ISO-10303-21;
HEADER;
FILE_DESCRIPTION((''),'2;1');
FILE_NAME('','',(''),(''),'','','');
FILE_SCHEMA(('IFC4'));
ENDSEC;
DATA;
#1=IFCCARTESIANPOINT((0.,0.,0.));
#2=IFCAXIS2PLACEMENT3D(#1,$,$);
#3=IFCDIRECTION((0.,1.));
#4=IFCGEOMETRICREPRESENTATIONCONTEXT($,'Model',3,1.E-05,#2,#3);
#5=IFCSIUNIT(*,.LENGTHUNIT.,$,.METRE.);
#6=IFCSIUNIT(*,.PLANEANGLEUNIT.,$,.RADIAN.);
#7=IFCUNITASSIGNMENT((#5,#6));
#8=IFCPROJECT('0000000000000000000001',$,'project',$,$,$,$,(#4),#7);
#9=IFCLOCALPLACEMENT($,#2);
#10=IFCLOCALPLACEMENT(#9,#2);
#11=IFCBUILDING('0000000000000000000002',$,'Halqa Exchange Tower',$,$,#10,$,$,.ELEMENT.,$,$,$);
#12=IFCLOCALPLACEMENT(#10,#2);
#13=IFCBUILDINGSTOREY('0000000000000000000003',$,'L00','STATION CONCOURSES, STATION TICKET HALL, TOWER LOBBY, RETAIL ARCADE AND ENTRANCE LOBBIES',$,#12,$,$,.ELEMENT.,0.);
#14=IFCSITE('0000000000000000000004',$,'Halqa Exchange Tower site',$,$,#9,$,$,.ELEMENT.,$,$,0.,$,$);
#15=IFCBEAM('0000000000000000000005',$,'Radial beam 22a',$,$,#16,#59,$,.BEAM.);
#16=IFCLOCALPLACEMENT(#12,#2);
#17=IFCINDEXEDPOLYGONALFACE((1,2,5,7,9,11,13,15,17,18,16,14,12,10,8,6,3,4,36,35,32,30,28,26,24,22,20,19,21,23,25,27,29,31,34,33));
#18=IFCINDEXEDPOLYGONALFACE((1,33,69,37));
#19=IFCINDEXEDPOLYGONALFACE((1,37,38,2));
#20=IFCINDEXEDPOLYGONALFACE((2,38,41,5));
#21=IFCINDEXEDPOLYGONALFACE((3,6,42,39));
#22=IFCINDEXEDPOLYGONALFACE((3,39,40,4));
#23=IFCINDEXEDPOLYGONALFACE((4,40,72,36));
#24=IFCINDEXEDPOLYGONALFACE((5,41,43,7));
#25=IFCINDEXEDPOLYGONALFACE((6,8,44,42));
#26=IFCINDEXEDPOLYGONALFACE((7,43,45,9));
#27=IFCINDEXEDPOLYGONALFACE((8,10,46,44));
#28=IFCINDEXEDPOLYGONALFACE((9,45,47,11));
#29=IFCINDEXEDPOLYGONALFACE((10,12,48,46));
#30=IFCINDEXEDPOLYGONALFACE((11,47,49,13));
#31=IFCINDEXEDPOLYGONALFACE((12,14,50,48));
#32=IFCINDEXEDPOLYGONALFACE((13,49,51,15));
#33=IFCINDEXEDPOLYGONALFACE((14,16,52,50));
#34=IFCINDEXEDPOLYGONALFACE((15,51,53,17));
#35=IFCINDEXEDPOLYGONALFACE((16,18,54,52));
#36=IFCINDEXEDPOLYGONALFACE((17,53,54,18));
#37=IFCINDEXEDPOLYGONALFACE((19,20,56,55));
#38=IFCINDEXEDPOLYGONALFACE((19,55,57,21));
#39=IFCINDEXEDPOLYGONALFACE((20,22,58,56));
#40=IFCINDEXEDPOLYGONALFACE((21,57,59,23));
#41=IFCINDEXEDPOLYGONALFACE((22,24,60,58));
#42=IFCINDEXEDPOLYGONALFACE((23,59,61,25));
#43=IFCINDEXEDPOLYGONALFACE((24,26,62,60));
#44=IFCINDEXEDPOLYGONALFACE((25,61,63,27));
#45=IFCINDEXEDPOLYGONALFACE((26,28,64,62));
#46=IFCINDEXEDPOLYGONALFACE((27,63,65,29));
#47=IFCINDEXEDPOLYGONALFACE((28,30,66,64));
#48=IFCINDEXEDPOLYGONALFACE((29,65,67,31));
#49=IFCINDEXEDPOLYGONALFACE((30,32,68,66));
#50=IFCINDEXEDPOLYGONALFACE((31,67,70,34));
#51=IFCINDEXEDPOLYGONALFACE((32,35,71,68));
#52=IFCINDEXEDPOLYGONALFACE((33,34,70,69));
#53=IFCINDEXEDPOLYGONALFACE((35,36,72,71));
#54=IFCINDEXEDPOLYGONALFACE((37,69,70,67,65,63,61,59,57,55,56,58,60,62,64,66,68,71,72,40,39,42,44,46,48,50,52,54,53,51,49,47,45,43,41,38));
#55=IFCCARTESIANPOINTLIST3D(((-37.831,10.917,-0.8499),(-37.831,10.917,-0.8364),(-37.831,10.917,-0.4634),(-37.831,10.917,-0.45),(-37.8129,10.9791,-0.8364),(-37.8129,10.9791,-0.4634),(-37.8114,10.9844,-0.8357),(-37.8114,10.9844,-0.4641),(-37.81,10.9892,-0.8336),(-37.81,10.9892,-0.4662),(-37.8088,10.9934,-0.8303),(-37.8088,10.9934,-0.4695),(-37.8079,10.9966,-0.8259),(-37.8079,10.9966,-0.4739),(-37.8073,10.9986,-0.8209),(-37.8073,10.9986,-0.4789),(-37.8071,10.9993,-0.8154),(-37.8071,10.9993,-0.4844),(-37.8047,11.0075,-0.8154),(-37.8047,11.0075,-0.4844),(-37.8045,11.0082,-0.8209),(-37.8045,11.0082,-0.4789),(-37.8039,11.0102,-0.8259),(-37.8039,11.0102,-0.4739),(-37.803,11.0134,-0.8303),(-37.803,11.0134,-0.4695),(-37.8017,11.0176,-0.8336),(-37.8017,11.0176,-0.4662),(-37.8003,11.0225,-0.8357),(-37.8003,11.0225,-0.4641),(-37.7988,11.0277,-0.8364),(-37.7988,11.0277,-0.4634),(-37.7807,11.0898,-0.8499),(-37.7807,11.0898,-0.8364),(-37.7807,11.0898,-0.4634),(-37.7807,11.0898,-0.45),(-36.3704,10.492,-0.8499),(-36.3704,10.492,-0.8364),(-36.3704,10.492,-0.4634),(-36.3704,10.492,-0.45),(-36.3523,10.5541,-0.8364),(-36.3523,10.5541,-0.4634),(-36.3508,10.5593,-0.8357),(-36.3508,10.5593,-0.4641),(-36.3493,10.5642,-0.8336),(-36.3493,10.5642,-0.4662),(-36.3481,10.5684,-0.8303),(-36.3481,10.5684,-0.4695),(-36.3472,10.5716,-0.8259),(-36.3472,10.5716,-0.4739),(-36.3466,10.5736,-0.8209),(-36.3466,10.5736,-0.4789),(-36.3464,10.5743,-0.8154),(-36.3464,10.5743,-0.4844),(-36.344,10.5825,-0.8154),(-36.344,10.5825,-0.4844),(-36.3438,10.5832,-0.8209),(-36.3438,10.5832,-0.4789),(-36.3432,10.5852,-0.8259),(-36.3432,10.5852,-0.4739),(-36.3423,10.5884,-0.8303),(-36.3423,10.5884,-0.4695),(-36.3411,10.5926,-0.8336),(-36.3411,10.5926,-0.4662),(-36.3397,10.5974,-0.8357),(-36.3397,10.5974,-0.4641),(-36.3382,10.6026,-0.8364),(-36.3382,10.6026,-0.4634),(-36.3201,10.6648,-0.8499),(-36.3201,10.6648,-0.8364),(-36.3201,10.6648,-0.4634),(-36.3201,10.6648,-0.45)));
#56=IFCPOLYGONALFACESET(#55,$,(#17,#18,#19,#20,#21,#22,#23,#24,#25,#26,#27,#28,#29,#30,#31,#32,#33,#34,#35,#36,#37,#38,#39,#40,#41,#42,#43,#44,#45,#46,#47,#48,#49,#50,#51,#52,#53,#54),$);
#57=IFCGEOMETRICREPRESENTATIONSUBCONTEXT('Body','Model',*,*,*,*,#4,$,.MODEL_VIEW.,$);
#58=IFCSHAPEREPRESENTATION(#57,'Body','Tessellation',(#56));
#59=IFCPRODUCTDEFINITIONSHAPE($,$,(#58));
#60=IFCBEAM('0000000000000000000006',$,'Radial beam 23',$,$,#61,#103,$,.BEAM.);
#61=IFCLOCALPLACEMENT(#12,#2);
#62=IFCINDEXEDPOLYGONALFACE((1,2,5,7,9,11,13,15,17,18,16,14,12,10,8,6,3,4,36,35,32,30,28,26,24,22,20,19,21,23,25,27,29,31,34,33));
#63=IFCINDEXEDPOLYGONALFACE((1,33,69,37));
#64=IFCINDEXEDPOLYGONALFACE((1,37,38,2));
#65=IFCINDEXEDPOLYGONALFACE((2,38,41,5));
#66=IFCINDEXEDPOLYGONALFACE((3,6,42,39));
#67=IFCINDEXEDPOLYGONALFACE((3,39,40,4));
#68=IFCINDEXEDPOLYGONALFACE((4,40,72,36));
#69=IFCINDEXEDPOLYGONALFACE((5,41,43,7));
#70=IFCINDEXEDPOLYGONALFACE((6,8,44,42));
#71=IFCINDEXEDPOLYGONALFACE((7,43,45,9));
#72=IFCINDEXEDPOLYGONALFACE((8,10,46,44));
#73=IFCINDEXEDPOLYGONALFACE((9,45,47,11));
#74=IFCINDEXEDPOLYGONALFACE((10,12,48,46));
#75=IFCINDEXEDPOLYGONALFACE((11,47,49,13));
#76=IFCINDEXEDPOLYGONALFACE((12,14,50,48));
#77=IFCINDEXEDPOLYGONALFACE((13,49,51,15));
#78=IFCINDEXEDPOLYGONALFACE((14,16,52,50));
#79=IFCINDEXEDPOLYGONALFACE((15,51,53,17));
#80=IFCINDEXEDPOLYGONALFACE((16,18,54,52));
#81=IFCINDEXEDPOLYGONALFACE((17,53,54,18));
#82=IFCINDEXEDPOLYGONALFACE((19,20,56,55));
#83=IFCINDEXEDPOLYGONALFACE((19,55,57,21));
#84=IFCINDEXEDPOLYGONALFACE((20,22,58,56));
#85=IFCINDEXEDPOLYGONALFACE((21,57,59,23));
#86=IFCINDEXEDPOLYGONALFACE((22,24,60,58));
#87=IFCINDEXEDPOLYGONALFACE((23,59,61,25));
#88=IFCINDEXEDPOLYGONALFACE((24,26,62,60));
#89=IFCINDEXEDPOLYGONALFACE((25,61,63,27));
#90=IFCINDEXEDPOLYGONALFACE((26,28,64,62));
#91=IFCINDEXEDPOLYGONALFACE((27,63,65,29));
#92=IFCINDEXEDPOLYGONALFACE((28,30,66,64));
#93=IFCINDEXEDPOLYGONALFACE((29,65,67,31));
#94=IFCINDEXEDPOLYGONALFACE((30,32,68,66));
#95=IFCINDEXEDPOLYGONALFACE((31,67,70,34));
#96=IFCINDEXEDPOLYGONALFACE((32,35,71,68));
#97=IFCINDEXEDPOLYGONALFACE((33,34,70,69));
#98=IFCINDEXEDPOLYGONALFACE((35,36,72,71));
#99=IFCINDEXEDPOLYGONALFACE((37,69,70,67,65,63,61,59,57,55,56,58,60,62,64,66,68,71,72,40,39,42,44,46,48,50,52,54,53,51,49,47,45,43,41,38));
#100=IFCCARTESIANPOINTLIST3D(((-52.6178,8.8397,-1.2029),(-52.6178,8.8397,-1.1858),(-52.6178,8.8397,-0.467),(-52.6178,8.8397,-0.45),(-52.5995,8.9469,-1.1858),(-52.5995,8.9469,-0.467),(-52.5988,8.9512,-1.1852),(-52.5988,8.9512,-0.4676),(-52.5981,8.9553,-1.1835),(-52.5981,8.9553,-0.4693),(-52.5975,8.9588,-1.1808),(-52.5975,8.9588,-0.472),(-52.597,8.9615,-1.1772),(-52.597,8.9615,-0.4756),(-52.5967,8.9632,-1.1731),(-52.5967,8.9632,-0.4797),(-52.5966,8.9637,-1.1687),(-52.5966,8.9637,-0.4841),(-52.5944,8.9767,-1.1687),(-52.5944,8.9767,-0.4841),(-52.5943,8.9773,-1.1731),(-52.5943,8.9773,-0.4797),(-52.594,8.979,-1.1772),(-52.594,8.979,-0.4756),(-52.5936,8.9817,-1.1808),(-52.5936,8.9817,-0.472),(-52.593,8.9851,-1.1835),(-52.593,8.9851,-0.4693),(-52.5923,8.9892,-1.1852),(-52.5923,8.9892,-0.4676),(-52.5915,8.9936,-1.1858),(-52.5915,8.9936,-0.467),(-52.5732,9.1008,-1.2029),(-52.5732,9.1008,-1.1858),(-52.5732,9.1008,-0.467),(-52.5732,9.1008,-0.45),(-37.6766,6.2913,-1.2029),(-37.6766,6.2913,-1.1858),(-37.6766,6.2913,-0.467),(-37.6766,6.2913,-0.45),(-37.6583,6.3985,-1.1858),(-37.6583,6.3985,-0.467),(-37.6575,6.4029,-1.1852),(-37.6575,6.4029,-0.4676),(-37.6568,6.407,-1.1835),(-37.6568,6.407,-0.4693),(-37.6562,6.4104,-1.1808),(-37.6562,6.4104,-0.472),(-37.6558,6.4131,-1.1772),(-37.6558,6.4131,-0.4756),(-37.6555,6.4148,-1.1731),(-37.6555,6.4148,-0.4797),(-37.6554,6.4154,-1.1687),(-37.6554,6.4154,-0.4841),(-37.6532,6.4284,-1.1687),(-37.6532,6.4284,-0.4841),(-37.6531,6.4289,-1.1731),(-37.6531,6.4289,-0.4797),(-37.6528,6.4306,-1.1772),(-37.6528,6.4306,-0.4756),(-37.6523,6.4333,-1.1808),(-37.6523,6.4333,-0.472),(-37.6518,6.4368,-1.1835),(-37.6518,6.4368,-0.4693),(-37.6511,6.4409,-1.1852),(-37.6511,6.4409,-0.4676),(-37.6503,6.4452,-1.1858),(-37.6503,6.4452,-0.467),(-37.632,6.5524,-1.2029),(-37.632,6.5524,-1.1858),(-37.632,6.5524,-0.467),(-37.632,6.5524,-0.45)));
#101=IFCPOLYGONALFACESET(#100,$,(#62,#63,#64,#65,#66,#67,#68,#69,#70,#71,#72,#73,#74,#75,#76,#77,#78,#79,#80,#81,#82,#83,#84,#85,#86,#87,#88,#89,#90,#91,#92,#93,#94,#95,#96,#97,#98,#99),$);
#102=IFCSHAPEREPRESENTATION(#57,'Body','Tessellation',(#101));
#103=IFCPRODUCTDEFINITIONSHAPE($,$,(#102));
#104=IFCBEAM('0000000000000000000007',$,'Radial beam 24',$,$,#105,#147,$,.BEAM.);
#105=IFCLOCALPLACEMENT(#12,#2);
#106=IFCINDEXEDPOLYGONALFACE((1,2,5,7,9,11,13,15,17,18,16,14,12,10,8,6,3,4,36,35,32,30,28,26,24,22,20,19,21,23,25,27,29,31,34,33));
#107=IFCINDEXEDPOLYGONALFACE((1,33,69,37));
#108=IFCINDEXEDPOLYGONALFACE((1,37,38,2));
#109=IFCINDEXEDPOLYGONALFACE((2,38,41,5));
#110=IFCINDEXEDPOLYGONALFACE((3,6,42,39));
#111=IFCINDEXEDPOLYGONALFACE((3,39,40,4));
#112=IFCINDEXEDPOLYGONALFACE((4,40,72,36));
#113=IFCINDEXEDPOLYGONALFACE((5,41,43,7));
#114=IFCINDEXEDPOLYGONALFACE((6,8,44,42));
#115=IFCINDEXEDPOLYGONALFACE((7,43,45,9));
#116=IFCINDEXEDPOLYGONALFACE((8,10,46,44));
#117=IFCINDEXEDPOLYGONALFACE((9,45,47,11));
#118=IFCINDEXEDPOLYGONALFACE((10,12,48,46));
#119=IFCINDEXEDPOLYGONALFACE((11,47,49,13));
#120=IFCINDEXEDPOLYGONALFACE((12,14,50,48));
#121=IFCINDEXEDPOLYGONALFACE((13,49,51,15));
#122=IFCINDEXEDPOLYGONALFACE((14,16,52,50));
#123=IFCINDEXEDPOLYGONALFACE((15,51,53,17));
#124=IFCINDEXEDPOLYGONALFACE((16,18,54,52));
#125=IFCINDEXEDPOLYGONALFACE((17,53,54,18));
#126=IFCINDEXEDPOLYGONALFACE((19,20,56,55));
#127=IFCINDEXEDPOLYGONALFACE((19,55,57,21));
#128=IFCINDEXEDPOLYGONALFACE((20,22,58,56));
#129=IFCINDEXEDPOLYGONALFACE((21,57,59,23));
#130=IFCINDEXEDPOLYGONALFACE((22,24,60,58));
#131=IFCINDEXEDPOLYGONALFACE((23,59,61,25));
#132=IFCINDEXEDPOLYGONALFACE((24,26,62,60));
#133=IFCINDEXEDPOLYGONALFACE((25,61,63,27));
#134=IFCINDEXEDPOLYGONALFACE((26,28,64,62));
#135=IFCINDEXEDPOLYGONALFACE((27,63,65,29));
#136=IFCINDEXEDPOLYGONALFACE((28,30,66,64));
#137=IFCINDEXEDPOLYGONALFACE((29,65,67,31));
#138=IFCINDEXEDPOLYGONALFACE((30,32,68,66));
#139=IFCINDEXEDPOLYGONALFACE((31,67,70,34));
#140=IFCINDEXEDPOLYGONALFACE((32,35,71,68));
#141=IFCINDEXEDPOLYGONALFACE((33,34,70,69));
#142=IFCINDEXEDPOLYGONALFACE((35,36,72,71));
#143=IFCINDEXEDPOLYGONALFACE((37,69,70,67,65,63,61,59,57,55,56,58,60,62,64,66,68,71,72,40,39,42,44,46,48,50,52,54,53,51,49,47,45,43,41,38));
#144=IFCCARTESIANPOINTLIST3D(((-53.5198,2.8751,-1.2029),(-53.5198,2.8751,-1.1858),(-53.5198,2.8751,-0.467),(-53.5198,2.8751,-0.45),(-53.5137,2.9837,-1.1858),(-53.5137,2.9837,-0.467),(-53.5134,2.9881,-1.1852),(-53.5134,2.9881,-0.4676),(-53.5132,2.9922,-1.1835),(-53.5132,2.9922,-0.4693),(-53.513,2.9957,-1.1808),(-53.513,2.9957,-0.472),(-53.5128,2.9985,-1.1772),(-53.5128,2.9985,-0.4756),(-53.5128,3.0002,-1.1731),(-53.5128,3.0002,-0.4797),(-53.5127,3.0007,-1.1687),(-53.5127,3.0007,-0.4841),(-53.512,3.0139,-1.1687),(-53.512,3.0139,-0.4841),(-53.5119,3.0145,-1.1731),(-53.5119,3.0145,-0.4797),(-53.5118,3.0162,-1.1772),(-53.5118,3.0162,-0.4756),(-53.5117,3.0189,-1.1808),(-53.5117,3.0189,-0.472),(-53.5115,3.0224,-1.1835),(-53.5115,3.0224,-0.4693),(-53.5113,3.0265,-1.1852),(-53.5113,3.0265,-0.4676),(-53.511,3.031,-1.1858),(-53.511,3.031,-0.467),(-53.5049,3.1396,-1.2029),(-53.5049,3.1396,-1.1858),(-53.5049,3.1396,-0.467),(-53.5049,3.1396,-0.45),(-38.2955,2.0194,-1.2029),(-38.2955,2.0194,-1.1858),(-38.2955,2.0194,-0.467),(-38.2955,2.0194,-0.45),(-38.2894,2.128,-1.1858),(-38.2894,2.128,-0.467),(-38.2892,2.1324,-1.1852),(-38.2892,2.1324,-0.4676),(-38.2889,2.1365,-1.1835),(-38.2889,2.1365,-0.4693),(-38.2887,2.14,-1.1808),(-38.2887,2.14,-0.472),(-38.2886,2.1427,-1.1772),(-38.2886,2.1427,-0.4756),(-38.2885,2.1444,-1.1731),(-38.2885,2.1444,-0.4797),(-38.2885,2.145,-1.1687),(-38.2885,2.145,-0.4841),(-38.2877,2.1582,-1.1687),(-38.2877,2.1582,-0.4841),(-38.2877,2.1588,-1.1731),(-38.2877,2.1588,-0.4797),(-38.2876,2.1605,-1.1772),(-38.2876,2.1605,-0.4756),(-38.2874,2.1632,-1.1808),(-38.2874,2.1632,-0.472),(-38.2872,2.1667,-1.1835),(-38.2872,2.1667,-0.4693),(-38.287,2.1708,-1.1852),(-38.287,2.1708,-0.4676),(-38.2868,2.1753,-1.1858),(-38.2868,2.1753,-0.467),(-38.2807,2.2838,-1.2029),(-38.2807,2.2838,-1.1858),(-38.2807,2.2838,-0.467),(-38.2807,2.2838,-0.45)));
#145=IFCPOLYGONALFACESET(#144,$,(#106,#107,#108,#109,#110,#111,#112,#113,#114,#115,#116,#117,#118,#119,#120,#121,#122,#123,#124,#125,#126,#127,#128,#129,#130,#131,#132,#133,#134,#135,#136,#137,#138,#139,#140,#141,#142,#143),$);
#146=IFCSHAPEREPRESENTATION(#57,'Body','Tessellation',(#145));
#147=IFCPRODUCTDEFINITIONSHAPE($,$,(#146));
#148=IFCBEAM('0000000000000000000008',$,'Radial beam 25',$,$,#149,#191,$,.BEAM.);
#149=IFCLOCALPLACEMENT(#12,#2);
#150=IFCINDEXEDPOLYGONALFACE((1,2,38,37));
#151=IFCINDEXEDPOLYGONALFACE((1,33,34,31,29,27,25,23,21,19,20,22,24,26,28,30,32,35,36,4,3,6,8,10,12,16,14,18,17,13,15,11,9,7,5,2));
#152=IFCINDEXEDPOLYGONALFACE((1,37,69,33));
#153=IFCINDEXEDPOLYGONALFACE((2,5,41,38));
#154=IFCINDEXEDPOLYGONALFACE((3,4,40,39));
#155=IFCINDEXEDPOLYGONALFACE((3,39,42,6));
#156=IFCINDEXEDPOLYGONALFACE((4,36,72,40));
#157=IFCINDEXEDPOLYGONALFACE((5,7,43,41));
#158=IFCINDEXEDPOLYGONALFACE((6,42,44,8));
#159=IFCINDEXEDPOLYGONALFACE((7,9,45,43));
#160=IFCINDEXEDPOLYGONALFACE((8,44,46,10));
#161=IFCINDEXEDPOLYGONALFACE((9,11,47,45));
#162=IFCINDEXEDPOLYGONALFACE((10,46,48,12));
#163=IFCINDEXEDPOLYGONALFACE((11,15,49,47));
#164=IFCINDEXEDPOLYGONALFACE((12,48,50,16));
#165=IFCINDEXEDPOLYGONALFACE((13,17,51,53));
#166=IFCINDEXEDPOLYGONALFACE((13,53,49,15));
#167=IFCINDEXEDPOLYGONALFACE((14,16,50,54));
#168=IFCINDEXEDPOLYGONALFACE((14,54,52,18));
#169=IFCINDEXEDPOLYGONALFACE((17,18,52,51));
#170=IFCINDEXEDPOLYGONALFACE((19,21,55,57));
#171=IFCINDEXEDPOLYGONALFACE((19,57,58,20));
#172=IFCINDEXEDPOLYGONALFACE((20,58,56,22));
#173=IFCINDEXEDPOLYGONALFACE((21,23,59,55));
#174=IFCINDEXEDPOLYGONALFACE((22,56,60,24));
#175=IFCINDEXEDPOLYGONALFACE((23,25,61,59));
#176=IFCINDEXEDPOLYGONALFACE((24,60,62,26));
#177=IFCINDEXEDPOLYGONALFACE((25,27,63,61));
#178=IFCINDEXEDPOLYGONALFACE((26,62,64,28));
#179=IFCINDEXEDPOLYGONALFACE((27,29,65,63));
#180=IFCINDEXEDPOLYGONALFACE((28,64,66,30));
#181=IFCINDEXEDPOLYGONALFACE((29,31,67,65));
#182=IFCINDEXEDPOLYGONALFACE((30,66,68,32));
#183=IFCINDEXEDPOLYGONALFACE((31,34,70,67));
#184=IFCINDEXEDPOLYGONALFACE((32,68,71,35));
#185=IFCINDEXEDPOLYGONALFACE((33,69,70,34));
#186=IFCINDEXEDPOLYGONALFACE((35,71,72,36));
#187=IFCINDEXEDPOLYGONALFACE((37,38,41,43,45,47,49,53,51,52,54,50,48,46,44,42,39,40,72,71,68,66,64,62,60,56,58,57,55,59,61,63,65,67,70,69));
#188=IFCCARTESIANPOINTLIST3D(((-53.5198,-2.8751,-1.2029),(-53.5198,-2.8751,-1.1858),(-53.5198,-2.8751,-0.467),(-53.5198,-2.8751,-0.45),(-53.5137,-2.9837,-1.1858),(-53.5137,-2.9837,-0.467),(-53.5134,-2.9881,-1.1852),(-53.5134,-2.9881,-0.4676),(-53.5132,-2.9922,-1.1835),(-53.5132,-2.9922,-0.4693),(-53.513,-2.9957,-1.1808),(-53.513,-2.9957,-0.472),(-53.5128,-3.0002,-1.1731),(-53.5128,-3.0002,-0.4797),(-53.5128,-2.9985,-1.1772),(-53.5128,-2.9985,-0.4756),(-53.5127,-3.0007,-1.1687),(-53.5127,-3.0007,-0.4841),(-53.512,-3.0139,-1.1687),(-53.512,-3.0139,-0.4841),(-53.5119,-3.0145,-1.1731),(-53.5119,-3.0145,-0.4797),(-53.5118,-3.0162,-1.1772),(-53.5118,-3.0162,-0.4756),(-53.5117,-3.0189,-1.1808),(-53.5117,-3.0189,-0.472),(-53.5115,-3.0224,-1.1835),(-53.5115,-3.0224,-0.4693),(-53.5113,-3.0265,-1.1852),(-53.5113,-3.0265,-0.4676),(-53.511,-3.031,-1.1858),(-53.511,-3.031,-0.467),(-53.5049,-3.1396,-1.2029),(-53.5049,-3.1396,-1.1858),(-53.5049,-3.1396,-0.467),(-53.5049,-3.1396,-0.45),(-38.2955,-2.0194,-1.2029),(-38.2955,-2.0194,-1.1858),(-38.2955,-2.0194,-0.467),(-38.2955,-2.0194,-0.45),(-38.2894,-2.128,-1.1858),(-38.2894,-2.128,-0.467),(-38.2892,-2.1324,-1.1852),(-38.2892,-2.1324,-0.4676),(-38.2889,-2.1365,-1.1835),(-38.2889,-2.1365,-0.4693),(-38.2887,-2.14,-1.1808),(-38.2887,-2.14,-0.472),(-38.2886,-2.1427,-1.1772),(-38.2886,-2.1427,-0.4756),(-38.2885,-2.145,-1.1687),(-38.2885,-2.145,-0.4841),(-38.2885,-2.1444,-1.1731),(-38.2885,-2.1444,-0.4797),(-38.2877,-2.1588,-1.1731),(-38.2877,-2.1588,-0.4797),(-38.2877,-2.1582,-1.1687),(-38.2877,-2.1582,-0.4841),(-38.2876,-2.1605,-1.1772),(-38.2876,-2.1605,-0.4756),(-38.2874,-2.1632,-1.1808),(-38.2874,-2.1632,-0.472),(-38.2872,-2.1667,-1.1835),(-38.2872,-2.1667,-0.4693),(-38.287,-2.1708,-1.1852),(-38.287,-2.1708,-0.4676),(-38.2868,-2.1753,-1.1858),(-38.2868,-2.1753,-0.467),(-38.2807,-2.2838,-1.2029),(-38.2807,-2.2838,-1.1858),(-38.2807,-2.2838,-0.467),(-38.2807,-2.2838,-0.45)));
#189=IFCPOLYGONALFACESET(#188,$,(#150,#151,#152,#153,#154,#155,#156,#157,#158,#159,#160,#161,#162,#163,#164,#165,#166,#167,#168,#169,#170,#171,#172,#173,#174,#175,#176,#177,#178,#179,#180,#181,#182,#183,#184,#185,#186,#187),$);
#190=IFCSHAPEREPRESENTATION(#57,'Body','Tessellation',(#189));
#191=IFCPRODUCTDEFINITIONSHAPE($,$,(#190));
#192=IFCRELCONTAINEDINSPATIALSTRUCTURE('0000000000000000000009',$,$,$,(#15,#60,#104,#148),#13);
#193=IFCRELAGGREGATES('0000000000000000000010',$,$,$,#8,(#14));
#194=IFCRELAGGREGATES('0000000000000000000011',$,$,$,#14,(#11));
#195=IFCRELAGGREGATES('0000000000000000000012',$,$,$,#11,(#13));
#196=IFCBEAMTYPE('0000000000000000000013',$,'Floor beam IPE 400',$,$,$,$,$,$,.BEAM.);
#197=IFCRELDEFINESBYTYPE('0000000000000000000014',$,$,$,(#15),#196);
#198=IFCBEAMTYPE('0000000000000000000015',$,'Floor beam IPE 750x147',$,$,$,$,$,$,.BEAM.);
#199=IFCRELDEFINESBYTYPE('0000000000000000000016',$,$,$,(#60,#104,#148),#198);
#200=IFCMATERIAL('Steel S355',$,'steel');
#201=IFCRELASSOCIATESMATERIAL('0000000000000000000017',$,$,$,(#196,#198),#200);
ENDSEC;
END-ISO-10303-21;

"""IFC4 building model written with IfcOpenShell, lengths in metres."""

from ifc_helpers import new_model, si_unit, direction, frame, origin, origin_2d, place, context, subcontext, project, spatial, i_section, extrude, material, material_profile, profile_set, type_object, element, save


model = new_model("IFC4")

# Units and contexts
model_context = context("Model", 3, precision=1e-05, world=origin(), true_north=direction((0.0, 1.0)))
body_context = subcontext(model_context, "Body", "Model", "MODEL_VIEW")
ifc_project = project(units=[si_unit("LENGTHUNIT", "METRE"), si_unit("PLANEANGLEUNIT", "RADIAN")], contexts=[model_context])

# Site, building, storey
site_placement = place(None, origin())
site = spatial("IfcSite", under=ifc_project, at=site_placement, Name="Halqa Exchange Tower site", CompositionType="ELEMENT", RefElevation=0.0)
building_placement = place(site_placement, origin())
building = spatial("IfcBuilding", under=site, at=building_placement, Name="Halqa Exchange Tower", CompositionType="ELEMENT")
storey_placement = place(building_placement, origin())
storey = spatial("IfcBuildingStorey", under=building, at=storey_placement, Name="L00", Description="STATION CONCOURSES, STATION TICKET HALL, TOWER LOBBY, RETAIL ARCADE AND ENTRANCE LOBBIES", CompositionType="ELEMENT", Elevation=0.0)

# Beams
ifc_material_1 = material(Name="Steel S355", Category="steel")
ifc_material_profile_1 = material_profile(ifc_material_1, i_section(OverallWidth=0.1799, OverallDepth=0.3999, WebThickness=0.0085, FlangeThickness=0.0134, FilletRadius=0.021, at=origin_2d()), Name="IPE 400")
ifc_profile_set_1 = profile_set([ifc_material_profile_1], Name="Steel S355")
beam_type_1 = type_object("IfcBeamType", Name="Floor beam IPE 400", PredefinedType="BEAM", material=ifc_profile_set_1)
beam_1_placement = place(storey_placement, frame((-36.3452, 10.5784, -0.6499), z_axis=(-0.960174, 0.279402, 0.0), x_axis=(-0.279402, -0.960174, 0.0)))
element("IfcBeam", 1, at=beam_1_placement, inside=storey, type_object=beam_type_1, Name="Radial beam 22a", PredefinedType="BEAM", context=body_context, shape_type="SweptSolid", body=[
    extrude(i_section(OverallWidth=0.1799, OverallDepth=0.3999, WebThickness=0.0085, FlangeThickness=0.0134, FilletRadius=0.021, at=origin_2d()), origin(), (0.0, 0.0, 1.0), 1.5212),
])
ifc_material_profile_2 = material_profile(ifc_material_1, i_section(OverallWidth=0.2649, OverallDepth=0.7529, WebThickness=0.0132, FlangeThickness=0.0171, FilletRadius=0.0171, at=origin_2d()), Name="IPE 750x147")
ifc_profile_set_2 = profile_set([ifc_material_profile_2], Name="Steel S355")
beam_type_2 = type_object("IfcBeamType", Name="Floor beam IPE 750x147", PredefinedType="BEAM", material=ifc_profile_set_2)
beam_2_placement = place(storey_placement, frame((-37.6543, 6.4219, -0.8264), z_axis=(-0.985765, 0.16813, 0.0), x_axis=(-0.16813, -0.985765, 0.0)))
element("IfcBeam", 2, at=beam_2_placement, inside=storey, type_object=beam_type_2, Name="Radial beam 23", PredefinedType="BEAM", context=body_context, shape_type="SweptSolid", body=[
    extrude(i_section(OverallWidth=0.2649, OverallDepth=0.7529, WebThickness=0.0132, FlangeThickness=0.0171, FilletRadius=0.0171, at=origin_2d()), origin(), (0.0, 0.0, 1.0), 15.157),
])
for number, where, z_axis, x_axis, name in (
    (3, (-38.2881, 2.1516, -0.8264), (-0.998424, 0.056118, 0.0), (-0.056118, -0.998424, 0.0), "Radial beam 24"),
    (4, (-38.2881, -2.1516, -0.8264), (-0.998424, -0.056118, 0.0), (0.056118, -0.998424, 0.0), "Radial beam 25"),
):
    element("IfcBeam", number, at=place(storey_placement, frame(where, z_axis=z_axis, x_axis=x_axis)), inside=storey, type_object=beam_type_2, Name=name, PredefinedType="BEAM", context=body_context, shape_type="SweptSolid", body=[
        extrude(i_section(OverallWidth=0.2649, OverallDepth=0.7529, WebThickness=0.0132, FlangeThickness=0.0171, FilletRadius=0.0171, at=origin_2d()), origin(), (0.0, 0.0, 1.0), 15.2483),
    ])

save(model, "model.ifc")
